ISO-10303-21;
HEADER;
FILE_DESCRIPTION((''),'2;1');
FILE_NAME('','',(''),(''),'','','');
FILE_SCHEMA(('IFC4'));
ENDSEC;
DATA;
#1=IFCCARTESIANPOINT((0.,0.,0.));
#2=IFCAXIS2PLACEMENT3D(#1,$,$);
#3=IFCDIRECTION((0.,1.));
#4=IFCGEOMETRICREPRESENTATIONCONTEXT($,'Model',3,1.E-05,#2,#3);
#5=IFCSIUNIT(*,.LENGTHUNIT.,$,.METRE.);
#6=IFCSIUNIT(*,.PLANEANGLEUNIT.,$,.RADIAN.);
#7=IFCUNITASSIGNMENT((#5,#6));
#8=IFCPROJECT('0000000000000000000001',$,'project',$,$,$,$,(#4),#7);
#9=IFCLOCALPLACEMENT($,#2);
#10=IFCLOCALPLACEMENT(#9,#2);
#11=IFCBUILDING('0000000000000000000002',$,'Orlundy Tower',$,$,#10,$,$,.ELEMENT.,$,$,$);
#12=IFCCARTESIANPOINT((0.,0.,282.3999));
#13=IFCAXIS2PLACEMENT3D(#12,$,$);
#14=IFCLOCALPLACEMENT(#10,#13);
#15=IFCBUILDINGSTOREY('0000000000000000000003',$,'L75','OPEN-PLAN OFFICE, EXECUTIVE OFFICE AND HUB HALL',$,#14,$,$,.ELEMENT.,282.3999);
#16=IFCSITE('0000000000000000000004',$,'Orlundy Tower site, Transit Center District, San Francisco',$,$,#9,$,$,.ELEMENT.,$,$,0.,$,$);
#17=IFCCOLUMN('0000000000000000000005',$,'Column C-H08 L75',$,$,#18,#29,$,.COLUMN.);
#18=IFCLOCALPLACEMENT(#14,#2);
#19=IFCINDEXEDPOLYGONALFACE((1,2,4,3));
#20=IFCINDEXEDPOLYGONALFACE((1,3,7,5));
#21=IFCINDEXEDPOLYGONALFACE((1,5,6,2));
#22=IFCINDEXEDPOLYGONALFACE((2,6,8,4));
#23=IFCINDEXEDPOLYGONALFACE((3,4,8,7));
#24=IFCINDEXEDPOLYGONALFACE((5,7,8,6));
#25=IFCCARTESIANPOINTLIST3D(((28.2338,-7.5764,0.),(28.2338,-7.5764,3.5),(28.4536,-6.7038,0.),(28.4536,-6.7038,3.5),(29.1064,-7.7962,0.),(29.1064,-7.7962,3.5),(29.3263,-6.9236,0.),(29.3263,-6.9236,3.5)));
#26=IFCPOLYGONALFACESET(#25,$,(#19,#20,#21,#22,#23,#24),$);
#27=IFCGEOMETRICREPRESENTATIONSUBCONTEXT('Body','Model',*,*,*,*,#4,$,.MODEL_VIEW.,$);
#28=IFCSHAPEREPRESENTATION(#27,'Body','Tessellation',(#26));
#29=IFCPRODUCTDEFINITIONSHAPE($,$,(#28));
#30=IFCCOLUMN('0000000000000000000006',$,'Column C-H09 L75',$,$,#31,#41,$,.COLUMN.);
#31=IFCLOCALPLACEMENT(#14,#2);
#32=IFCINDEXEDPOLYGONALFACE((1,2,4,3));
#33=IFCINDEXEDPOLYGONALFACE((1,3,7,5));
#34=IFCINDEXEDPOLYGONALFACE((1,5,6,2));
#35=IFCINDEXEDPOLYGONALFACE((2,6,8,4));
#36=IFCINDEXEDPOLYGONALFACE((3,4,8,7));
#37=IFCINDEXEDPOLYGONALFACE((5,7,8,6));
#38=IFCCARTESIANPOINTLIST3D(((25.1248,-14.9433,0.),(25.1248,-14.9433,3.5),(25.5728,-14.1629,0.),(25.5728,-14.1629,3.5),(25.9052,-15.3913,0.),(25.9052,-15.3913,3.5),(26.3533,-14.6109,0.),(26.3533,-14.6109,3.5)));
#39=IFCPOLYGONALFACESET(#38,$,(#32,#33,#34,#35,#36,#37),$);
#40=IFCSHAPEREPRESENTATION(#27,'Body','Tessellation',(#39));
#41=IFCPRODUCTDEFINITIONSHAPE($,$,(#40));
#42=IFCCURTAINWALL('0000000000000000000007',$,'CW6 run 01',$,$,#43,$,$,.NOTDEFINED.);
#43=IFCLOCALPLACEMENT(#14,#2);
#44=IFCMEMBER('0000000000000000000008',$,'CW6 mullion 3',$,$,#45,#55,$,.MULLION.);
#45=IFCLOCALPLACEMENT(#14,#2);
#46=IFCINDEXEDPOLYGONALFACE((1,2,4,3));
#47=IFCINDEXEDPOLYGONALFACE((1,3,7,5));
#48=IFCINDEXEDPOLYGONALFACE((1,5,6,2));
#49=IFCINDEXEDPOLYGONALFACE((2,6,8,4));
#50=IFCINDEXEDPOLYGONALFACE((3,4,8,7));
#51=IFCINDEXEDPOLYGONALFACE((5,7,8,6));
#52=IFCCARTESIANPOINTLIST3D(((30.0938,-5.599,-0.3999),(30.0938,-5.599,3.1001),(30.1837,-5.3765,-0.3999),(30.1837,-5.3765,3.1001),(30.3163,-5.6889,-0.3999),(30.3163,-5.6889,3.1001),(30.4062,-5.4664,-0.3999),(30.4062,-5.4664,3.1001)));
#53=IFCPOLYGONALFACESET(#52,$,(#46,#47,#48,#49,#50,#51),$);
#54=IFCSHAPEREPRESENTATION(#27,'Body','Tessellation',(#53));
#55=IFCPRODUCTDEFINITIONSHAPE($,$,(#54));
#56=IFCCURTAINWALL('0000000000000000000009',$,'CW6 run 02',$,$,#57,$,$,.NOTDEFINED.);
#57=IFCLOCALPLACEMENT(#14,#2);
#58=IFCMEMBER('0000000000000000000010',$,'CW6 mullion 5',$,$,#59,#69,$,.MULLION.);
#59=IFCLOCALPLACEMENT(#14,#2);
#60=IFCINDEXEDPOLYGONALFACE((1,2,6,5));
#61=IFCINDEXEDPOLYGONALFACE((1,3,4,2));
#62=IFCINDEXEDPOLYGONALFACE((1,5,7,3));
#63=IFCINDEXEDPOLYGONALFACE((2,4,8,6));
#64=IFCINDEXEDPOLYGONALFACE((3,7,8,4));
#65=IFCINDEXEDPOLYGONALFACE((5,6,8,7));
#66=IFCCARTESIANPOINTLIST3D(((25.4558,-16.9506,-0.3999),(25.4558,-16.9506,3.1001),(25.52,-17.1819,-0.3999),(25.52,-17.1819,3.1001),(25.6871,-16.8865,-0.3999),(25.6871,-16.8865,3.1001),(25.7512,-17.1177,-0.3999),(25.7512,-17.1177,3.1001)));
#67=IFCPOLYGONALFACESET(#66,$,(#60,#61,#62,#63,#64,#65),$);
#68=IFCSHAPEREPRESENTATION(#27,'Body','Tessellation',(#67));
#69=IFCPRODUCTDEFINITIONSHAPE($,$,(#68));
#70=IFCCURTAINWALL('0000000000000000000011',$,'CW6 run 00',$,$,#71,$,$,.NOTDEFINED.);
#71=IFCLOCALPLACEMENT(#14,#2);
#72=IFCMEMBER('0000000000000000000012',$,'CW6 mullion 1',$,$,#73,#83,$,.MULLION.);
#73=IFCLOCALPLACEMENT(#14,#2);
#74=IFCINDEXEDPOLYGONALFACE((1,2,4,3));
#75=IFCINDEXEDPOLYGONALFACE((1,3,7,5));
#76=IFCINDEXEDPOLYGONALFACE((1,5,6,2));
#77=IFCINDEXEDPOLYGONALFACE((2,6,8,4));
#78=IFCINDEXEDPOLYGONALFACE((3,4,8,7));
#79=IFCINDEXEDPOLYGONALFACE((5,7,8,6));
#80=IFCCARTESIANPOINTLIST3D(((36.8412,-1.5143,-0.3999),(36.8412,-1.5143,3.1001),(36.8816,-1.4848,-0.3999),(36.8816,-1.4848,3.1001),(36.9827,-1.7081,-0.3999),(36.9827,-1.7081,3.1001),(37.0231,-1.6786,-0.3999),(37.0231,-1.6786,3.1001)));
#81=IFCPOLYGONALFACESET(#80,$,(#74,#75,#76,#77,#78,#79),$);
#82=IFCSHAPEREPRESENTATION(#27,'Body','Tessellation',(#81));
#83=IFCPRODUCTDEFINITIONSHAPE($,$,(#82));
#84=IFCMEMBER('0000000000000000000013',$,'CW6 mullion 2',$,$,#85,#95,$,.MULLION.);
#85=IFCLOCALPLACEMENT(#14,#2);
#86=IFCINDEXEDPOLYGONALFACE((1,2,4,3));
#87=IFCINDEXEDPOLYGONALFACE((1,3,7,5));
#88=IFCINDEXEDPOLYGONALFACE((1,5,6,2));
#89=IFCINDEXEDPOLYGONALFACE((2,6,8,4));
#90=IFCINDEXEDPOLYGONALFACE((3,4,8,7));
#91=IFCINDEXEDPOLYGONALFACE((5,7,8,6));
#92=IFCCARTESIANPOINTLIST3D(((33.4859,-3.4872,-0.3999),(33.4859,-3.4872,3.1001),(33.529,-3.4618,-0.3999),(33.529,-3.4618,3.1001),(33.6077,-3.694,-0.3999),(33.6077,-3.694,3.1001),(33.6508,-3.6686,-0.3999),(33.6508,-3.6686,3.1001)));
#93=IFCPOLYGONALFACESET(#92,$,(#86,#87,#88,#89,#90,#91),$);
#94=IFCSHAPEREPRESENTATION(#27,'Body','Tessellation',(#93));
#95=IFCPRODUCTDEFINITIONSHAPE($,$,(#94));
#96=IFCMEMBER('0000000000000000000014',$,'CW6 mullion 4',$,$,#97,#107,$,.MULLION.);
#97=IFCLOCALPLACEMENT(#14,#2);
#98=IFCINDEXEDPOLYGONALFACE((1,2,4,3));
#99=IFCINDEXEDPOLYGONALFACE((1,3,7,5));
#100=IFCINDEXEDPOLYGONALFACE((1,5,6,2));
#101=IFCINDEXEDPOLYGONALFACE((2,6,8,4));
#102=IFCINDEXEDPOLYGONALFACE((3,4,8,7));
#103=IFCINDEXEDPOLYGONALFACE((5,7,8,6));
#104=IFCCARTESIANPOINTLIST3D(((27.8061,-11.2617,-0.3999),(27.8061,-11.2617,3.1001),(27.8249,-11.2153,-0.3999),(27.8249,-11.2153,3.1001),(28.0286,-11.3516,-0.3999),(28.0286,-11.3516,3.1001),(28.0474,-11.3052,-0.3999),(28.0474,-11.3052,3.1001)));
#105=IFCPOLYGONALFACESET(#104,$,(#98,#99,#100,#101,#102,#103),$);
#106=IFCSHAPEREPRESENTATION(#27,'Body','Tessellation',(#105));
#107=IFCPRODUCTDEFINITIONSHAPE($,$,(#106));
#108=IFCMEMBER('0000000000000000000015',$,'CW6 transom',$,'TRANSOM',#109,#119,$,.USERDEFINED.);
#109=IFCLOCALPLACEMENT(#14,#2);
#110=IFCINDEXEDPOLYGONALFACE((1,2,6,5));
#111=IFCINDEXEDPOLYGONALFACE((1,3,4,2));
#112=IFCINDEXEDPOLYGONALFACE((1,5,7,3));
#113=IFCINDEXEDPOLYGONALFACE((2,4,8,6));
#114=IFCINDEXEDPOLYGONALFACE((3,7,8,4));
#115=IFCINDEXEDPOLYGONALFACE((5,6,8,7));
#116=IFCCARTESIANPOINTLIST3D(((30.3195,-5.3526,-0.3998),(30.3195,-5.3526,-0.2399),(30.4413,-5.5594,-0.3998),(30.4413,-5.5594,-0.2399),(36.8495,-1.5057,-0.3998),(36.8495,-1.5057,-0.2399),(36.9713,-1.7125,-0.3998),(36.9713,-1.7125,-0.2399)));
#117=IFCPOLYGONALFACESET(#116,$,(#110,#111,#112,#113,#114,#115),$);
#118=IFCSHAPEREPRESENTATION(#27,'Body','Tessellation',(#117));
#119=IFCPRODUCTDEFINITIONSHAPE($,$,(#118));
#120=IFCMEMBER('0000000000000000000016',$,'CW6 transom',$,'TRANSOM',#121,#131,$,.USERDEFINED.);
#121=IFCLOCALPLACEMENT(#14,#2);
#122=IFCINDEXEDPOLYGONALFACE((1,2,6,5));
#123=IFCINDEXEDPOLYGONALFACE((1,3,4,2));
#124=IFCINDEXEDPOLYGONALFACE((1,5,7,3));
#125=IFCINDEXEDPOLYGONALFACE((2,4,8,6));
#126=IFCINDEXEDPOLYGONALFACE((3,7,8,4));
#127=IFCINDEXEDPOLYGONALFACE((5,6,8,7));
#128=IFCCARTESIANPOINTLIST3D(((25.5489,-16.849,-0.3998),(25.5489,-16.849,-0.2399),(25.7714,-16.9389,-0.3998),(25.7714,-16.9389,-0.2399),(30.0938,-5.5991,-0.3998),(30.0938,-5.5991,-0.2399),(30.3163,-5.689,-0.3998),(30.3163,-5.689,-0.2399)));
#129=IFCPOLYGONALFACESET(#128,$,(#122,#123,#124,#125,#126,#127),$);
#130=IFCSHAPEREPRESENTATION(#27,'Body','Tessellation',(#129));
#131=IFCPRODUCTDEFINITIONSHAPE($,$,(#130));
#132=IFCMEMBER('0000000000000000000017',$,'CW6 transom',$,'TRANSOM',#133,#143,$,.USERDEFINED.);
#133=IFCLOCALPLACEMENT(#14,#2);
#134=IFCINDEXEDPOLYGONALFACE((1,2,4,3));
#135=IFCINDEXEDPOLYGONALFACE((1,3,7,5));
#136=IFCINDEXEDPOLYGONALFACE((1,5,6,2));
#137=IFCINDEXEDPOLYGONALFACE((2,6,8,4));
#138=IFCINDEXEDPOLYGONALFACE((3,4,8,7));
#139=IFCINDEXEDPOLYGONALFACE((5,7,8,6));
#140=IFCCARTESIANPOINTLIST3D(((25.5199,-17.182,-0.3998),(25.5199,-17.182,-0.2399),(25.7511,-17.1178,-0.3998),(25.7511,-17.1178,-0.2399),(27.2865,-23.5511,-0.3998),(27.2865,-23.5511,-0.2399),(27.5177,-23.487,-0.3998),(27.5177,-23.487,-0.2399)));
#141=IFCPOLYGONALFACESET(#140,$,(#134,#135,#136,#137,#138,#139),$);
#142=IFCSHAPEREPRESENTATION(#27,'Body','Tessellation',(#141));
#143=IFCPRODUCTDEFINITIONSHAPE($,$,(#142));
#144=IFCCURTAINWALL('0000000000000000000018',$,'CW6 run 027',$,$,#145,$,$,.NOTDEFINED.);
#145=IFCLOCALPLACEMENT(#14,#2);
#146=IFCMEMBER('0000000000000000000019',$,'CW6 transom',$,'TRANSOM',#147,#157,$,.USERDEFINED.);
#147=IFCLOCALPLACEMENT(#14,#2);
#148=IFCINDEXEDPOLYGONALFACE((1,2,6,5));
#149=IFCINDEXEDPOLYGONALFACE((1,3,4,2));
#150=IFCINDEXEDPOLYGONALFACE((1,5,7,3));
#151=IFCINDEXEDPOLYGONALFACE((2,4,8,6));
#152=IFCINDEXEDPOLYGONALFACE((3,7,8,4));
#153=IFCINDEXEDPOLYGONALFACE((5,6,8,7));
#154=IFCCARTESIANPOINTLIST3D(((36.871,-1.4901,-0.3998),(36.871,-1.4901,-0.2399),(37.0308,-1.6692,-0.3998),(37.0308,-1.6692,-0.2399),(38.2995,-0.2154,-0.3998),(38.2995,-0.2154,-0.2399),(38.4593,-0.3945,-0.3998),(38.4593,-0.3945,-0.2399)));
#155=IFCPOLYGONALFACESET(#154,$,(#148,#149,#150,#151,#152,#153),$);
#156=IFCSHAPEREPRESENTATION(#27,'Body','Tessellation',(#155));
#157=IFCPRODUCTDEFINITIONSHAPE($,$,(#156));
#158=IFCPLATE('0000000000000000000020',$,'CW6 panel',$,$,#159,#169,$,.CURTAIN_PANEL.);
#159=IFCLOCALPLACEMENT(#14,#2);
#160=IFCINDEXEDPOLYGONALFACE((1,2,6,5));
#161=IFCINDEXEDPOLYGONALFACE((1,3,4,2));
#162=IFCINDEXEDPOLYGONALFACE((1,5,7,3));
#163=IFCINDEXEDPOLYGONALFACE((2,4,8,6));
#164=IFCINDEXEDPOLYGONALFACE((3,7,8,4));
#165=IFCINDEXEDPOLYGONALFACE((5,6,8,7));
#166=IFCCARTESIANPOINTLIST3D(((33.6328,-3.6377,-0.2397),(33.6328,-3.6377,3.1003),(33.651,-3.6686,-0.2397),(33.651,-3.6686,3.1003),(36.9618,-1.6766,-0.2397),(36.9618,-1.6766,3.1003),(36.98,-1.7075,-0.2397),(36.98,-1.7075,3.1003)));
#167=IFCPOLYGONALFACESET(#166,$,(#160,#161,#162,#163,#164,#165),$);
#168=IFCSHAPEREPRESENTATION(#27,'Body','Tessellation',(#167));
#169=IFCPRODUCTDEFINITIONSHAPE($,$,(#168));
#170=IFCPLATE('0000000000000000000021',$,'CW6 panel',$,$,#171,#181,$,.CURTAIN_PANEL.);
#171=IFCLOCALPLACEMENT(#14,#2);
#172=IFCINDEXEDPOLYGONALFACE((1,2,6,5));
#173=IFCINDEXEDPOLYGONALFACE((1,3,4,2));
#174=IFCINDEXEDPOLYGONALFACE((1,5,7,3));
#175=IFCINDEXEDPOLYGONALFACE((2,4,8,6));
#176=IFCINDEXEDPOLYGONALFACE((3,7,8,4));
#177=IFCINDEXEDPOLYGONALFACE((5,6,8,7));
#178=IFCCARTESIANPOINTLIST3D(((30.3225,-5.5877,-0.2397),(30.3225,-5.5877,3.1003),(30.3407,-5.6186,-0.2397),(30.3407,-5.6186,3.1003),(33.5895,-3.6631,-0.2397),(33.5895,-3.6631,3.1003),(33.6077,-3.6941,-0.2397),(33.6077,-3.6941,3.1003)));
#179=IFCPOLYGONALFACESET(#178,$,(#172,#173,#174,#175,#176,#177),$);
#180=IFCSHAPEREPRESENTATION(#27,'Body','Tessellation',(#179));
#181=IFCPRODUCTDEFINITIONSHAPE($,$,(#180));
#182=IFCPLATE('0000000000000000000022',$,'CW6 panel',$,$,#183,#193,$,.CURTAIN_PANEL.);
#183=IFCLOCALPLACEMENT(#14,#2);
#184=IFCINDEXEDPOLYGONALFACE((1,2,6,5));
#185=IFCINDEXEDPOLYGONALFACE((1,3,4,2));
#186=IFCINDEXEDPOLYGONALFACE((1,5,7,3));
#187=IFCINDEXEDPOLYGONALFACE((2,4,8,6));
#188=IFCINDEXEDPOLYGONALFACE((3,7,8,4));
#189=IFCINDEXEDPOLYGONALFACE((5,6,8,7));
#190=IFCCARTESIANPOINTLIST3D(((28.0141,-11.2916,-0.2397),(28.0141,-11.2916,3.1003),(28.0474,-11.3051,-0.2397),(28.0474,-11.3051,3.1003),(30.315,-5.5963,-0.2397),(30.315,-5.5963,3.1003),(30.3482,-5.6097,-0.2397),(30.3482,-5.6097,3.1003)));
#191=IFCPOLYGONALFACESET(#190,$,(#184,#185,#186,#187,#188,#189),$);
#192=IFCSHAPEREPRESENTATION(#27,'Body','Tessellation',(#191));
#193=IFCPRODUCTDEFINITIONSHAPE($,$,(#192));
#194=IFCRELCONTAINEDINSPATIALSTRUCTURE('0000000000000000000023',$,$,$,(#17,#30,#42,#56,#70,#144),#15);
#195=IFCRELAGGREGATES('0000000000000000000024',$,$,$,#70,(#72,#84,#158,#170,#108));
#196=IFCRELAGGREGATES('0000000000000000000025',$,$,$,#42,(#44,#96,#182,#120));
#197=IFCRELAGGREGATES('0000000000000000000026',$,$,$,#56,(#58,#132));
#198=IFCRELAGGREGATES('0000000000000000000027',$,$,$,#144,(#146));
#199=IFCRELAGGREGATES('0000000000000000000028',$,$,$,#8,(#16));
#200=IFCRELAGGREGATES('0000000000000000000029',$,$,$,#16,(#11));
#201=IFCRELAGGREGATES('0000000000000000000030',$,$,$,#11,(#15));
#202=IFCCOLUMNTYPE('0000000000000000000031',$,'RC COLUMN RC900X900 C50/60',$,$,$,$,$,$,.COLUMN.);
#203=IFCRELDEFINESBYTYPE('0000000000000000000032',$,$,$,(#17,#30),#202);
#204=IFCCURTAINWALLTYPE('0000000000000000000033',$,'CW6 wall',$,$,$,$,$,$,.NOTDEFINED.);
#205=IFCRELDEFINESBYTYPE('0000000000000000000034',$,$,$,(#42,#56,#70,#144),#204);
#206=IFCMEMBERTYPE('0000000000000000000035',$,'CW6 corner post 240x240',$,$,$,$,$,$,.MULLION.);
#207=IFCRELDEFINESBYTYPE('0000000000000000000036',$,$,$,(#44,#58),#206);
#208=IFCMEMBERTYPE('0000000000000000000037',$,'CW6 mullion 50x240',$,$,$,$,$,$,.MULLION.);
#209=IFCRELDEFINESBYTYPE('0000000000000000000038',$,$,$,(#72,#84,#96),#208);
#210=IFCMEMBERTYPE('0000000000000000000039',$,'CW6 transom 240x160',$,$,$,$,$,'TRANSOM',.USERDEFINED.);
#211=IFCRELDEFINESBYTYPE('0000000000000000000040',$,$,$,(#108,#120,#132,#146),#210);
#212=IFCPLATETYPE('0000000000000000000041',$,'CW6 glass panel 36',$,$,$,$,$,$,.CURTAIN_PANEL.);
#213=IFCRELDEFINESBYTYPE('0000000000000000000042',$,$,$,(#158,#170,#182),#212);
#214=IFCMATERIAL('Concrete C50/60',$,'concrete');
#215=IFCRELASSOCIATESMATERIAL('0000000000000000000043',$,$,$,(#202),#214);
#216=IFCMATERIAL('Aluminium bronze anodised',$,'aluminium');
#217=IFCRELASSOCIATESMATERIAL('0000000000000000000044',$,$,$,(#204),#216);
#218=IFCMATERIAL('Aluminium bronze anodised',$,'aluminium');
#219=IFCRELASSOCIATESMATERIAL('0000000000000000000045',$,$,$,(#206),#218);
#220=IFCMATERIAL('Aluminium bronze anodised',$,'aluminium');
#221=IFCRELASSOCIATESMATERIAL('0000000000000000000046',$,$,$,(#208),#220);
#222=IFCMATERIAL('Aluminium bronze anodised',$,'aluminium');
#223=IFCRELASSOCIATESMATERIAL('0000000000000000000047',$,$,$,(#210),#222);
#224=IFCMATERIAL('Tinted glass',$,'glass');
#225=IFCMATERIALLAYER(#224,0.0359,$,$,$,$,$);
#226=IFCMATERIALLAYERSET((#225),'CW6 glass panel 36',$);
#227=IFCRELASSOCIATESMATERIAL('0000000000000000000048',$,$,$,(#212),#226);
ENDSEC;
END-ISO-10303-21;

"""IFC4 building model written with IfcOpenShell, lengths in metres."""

from ifc_helpers import new_model, si_unit, direction, frame, origin, origin_2d, place, context, subcontext, project, spatial, rectangle, extrude, material, layer, layer_set, material_profile, profile_set, type_object, element, aggregate, save


model = new_model("IFC4")

# Units and contexts
model_context = context("Model", 3, precision=1e-05, world=origin(), true_north=direction((0.0, 1.0)))
body_context = subcontext(model_context, "Body", "Model", "MODEL_VIEW")
ifc_project = project(units=[si_unit("LENGTHUNIT", "METRE"), si_unit("PLANEANGLEUNIT", "RADIAN")], contexts=[model_context])

# Site, building, storey
site_placement = place(None, origin())
site = spatial("IfcSite", under=ifc_project, at=site_placement, Name="Orlundy Tower site, Transit Center District, San Francisco", CompositionType="ELEMENT", RefElevation=0.0)
building_placement = place(site_placement, origin())
building = spatial("IfcBuilding", under=site, at=building_placement, Name="Orlundy Tower", CompositionType="ELEMENT")
storey_placement = place(building_placement, frame((0.0, 0.0, 282.3999)))
storey = spatial("IfcBuildingStorey", under=building, at=storey_placement, Name="L75", Description="OPEN-PLAN OFFICE, EXECUTIVE OFFICE AND HUB HALL", CompositionType="ELEMENT", Elevation=282.3999)

# Columns
ifc_material_1 = material(Name="Concrete C50/60", Category="concrete")
ifc_material_profile_1 = material_profile(ifc_material_1, rectangle(XDim=0.8999, YDim=0.8999, at=origin_2d()), Name="RC900X900")
ifc_profile_set_1 = profile_set([ifc_material_profile_1], Name="Concrete C50/60")
column_type = type_object("IfcColumnType", Name="RC COLUMN RC900X900 C50/60", PredefinedType="COLUMN", material=ifc_profile_set_1)
for number, where, z_axis, x_axis, name in (
    (1, (28.78, -7.25, 0.0), (0.0, 0.0, 1.0), (0.969706, -0.244275, 0.0), "Column C-H08 L75"),
    (2, (25.739, -14.7771, 0.0), (0.0, 0.0, 1.0), (0.867236, -0.497898, 0.0), "Column C-H09 L75"),
):
    element("IfcColumn", number, at=place(storey_placement, frame(where, z_axis=z_axis, x_axis=x_axis)), inside=storey, type_object=column_type, Name=name, PredefinedType="COLUMN", context=body_context, shape_type="SweptSolid", body=[
        extrude(rectangle(XDim=0.8999, YDim=0.8999, at=origin_2d()), origin(), (0.0, 0.0, 1.0), 3.5),
    ])

# Curtain walls, members
ifc_material_2 = material(Name="Aluminium bronze anodised", Category="aluminium")
curtain_wall_type = type_object("IfcCurtainWallType", Name="CW6 wall", PredefinedType="NOTDEFINED", material=ifc_material_2)
curtain_wall_1_placement = place(storey_placement, origin())
curtain_wall_1 = element("IfcCurtainWall", 3, at=curtain_wall_1_placement, inside=storey, type_object=curtain_wall_type, Name="CW6 run 01", PredefinedType="NOTDEFINED")
ifc_material_3 = material(Name="Aluminium bronze anodised", Category="aluminium")
ifc_material_profile_2 = material_profile(ifc_material_3, rectangle(XDim=0.24, YDim=0.24, at=origin_2d()), Name="CW6 corner post 240x240")
ifc_profile_set_2 = profile_set([ifc_material_profile_2], Name="Aluminium bronze anodised")
member_type_1 = type_object("IfcMemberType", Name="CW6 corner post 240x240", PredefinedType="MULLION", material=ifc_profile_set_2)
member_1_placement = place(storey_placement, frame((30.25, -5.5327, -0.3999), z_axis=(0.0, 0.0, 1.0), x_axis=(0.927195, -0.374578, 0.0)))
member_1 = element("IfcMember", 4, at=member_1_placement, type_object=member_type_1, Name="CW6 mullion 3", PredefinedType="MULLION", context=body_context, shape_type="SweptSolid", body=[
    extrude(rectangle(XDim=0.24, YDim=0.24, at=origin_2d()), origin(), (0.0, 0.0, 1.0), 3.5),
])
curtain_wall_2_placement = place(storey_placement, origin())
curtain_wall_2 = element("IfcCurtainWall", 5, at=curtain_wall_2_placement, inside=storey, type_object=curtain_wall_type, Name="CW6 run 02", PredefinedType="NOTDEFINED")
member_2_placement = place(storey_placement, frame((25.6035, -17.0342, -0.3999), z_axis=(0.0, 0.0, 1.0), x_axis=(0.963626, 0.267256, 0.0)))
member_2 = element("IfcMember", 6, at=member_2_placement, type_object=member_type_1, Name="CW6 mullion 5", PredefinedType="MULLION", context=body_context, shape_type="SweptSolid", body=[
    extrude(rectangle(XDim=0.24, YDim=0.24, at=origin_2d()), origin(), (0.0, 0.0, 1.0), 3.5),
])

# Curtain wall, members
curtain_wall_3_placement = place(storey_placement, origin())
curtain_wall_3 = element("IfcCurtainWall", 7, at=curtain_wall_3_placement, inside=storey, type_object=curtain_wall_type, Name="CW6 run 00", PredefinedType="NOTDEFINED")
ifc_material_4 = material(Name="Aluminium bronze anodised", Category="aluminium")
ifc_material_profile_3 = material_profile(ifc_material_4, rectangle(XDim=0.24, YDim=0.05, at=origin_2d()), Name="CW6 mullion 50x240")
ifc_profile_set_3 = profile_set([ifc_material_profile_3], Name="Aluminium bronze anodised")
member_type_2 = type_object("IfcMemberType", Name="CW6 mullion 50x240", PredefinedType="MULLION", material=ifc_profile_set_3)
member_3_placement = place(storey_placement, frame((36.9321, -1.5964, -0.3999), z_axis=(0.0, 0.0, 1.0), x_axis=(0.5895, -0.807768, 0.0)))
member_3 = element("IfcMember", 8, at=member_3_placement, type_object=member_type_2, Name="CW6 mullion 1", PredefinedType="MULLION", context=body_context, shape_type="SweptSolid", body=[
    extrude(rectangle(XDim=0.24, YDim=0.05, at=origin_2d()), origin(), (0.0, 0.0, 1.0), 3.5),
])
member_4_placement = place(storey_placement, frame((33.5684, -3.5779, -0.3999), z_axis=(0.0, 0.0, 1.0), x_axis=(0.507565, -0.861614, 0.0)))
member_4 = element("IfcMember", 9, at=member_4_placement, type_object=member_type_2, Name="CW6 mullion 2", PredefinedType="MULLION", context=body_context, shape_type="SweptSolid", body=[
    extrude(rectangle(XDim=0.24, YDim=0.05, at=origin_2d()), origin(), (0.0, 0.0, 1.0), 3.5),
])

# Members
member_5_placement = place(storey_placement, frame((27.9268, -11.2834, -0.3999), z_axis=(0.0, 0.0, 1.0), x_axis=(0.927195, -0.374578, 0.0)))
member_5 = element("IfcMember", 10, at=member_5_placement, type_object=member_type_2, Name="CW6 mullion 4", PredefinedType="MULLION", context=body_context, shape_type="SweptSolid", body=[
    extrude(rectangle(XDim=0.24, YDim=0.05, at=origin_2d()), origin(), (0.0, 0.0, 1.0), 3.5),
])
ifc_material_5 = material(Name="Aluminium bronze anodised", Category="aluminium")
ifc_material_profile_4 = material_profile(ifc_material_5, rectangle(XDim=0.24, YDim=0.1599, at=origin_2d()), Name="CW6 transom 240x160")
ifc_profile_set_4 = profile_set([ifc_material_profile_4], Name="Aluminium bronze anodised")
member_type_3 = type_object("IfcMemberType", Name="CW6 transom 240x160", ElementType="TRANSOM", PredefinedType="USERDEFINED", material=ifc_profile_set_4)
member_6_placement = place(storey_placement, frame((36.9104, -1.6091, -0.3198), z_axis=(-0.861604, -0.507582, 0.0), x_axis=(0.507582, -0.861604, 0.0)))
member_6 = element("IfcMember", 11, at=member_6_placement, type_object=member_type_3, Name="CW6 transom", ObjectType="TRANSOM", PredefinedType="USERDEFINED", context=body_context, shape_type="SweptSolid", body=[
    extrude(rectangle(XDim=0.24, YDim=0.1599, at=origin_2d()), origin(), (0.0, 0.0, 1.0), 7.5789),
])
member_7_placement = place(storey_placement, frame((30.2051, -5.644, -0.3198), z_axis=(-0.37458, -0.927195, 0.0), x_axis=(0.927195, -0.37458, 0.0)))
member_7 = element("IfcMember", 12, at=member_7_placement, type_object=member_type_3, Name="CW6 transom", ObjectType="TRANSOM", PredefinedType="USERDEFINED", context=body_context, shape_type="SweptSolid", body=[
    extrude(rectangle(XDim=0.24, YDim=0.1599, at=origin_2d()), origin(), (0.0, 0.0, 1.0), 12.1333),
])
member_8_placement = place(storey_placement, frame((25.6355, -17.1499, -0.3198), z_axis=(0.267278, -0.963619, 0.0), x_axis=(0.963619, 0.267278, 0.0)))
member_8 = element("IfcMember", 13, at=member_8_placement, type_object=member_type_3, Name="CW6 transom", ObjectType="TRANSOM", PredefinedType="USERDEFINED", context=body_context, shape_type="SweptSolid", body=[
    extrude(rectangle(XDim=0.24, YDim=0.1599, at=origin_2d()), origin(), (0.0, 0.0, 1.0), 6.6096),
])

# Curtain wall, member
curtain_wall_4_placement = place(storey_placement, origin())
curtain_wall_4 = element("IfcCurtainWall", 14, at=curtain_wall_4_placement, inside=storey, type_object=curtain_wall_type, Name="CW6 run 027", PredefinedType="NOTDEFINED")
member_9_placement = place(storey_placement, frame((38.3794, -0.3049, -0.3198), z_axis=(-0.746134, -0.665795, 0.0), x_axis=(0.665795, -0.746134, 0.0)))
member_9 = element("IfcMember", 15, at=member_9_placement, type_object=member_type_3, Name="CW6 transom", ObjectType="TRANSOM", PredefinedType="USERDEFINED", context=body_context, shape_type="SweptSolid", body=[
    extrude(rectangle(XDim=0.24, YDim=0.1599, at=origin_2d()), origin(), (0.0, 0.0, 1.0), 1.9146),
])

# Plates
ifc_material_6 = material(Name="Tinted glass", Category="glass")
ifc_layer_1 = layer(ifc_material_6, 0.0359)
ifc_layer_set_1 = layer_set([ifc_layer_1], Name="CW6 glass panel 36")
plate_type = type_object("IfcPlateType", Name="CW6 glass panel 36", PredefinedType="CURTAIN_PANEL", material=ifc_layer_set_1)
plate_1_placement = place(storey_placement, frame((35.3064, -2.6726, -0.2397), z_axis=(0.0, 0.0, 1.0), x_axis=(-0.861614, -0.507565, 0.0)))
plate_1 = element("IfcPlate", 16, at=plate_1_placement, type_object=plate_type, Name="CW6 panel", PredefinedType="CURTAIN_PANEL", context=body_context, shape_type="SweptSolid", body=[
    extrude(rectangle(XDim=3.8638, YDim=0.0359, at=origin_2d()), origin(), (0.0, 0.0, 1.0), 3.3401),
])
plate_2_placement = place(storey_placement, frame((31.9651, -4.6409, -0.2397), z_axis=(0.0, 0.0, 1.0), x_axis=(-0.861614, -0.507565, 0.0)))
plate_2 = element("IfcPlate", 17, at=plate_2_placement, type_object=plate_type, Name="CW6 panel", PredefinedType="CURTAIN_PANEL", context=body_context, shape_type="SweptSolid", body=[
    extrude(rectangle(XDim=3.7917, YDim=0.0359, at=origin_2d()), origin(), (0.0, 0.0, 1.0), 3.3401),
])
aggregate(curtain_wall_3, [member_3, member_4, plate_1, plate_2, member_6])
plate_3_placement = place(storey_placement, frame((29.1812, -8.4507, -0.2397), z_axis=(0.0, 0.0, 1.0), x_axis=(-0.374578, -0.927195, 0.0)))
plate_3 = element("IfcPlate", 18, at=plate_3_placement, type_object=plate_type, Name="CW6 panel", PredefinedType="CURTAIN_PANEL", context=body_context, shape_type="SweptSolid", body=[
    extrude(rectangle(XDim=6.1426, YDim=0.0359, at=origin_2d()), origin(), (0.0, 0.0, 1.0), 3.3401),
])
aggregate(curtain_wall_1, [member_1, member_5, plate_3, member_7])
aggregate(curtain_wall_2, [member_2, member_8])
aggregate(curtain_wall_4, [member_9])

save(model, "model.ifc")
